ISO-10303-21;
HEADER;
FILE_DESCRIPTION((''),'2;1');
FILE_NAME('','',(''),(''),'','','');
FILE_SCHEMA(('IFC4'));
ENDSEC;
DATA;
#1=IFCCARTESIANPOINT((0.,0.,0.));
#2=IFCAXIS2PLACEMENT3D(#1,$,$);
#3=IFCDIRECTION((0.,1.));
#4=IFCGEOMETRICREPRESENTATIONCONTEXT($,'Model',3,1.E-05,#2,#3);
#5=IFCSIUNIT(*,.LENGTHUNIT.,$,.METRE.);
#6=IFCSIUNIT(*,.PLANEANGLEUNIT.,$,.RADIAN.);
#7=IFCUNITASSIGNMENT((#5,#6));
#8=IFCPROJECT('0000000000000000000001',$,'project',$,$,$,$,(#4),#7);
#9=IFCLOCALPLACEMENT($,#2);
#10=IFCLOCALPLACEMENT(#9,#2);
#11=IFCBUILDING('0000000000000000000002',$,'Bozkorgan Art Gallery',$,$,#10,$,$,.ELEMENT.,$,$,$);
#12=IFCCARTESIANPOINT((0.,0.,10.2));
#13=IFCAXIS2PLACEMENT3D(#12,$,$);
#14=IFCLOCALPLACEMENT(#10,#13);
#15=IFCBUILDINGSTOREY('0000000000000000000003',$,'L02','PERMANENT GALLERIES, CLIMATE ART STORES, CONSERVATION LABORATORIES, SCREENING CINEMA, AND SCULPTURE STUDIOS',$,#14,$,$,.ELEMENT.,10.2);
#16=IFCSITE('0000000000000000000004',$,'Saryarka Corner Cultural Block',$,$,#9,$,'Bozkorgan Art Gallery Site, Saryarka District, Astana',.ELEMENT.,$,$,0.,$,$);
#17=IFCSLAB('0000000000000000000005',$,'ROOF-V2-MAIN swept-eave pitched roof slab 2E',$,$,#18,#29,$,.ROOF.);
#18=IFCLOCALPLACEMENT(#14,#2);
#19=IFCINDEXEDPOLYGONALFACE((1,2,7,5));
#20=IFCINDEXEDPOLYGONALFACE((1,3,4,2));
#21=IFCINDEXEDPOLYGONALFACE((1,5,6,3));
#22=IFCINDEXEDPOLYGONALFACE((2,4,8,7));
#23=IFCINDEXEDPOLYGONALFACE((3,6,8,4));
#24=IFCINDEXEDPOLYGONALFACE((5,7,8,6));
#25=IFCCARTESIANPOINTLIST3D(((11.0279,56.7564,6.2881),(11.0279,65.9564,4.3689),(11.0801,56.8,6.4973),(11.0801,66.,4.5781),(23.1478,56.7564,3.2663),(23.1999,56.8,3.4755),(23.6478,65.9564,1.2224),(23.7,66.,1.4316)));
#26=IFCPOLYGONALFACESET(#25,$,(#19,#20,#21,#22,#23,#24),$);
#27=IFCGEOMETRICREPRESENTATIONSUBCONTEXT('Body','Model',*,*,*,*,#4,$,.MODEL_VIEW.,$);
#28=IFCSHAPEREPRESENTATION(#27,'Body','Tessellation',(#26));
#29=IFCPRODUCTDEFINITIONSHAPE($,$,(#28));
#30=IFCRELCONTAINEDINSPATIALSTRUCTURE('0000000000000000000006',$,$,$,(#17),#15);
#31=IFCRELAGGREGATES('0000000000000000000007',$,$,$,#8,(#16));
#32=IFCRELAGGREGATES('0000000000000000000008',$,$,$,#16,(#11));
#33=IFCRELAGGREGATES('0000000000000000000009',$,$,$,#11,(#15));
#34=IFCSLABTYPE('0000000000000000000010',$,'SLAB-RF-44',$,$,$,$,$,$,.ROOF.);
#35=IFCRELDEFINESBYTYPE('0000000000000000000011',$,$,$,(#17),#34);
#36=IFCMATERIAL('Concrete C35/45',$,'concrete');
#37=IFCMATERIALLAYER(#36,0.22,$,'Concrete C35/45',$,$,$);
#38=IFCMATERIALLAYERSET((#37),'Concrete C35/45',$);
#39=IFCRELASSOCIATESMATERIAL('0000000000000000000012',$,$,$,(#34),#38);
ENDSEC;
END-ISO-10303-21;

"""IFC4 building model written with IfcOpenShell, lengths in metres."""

from ifc_helpers import new_model, si_unit, direction, frame, origin, place, context, subcontext, project, spatial, polyline, outline, extrude, material, layer, layer_set, type_object, element, save


model = new_model("IFC4")

# Units and contexts
model_context = context("Model", 3, precision=1e-05, world=origin(), true_north=direction((0.0, 1.0)))
body_context = subcontext(model_context, "Body", "Model", "MODEL_VIEW")
ifc_project = project(units=[si_unit("LENGTHUNIT", "METRE"), si_unit("PLANEANGLEUNIT", "RADIAN")], contexts=[model_context])

# Site, building, storey
site_placement = place(None, origin())
site = spatial("IfcSite", under=ifc_project, at=site_placement, Name="Saryarka Corner Cultural Block", LongName="Bozkorgan Art Gallery Site, Saryarka District, Astana", CompositionType="ELEMENT", RefElevation=0.0)
building_placement = place(site_placement, origin())
building = spatial("IfcBuilding", under=site, at=building_placement, Name="Bozkorgan Art Gallery", CompositionType="ELEMENT")
storey_placement = place(building_placement, frame((0.0, 0.0, 10.2)))
storey = spatial("IfcBuildingStorey", under=building, at=storey_placement, Name="L02", Description="PERMANENT GALLERIES, CLIMATE ART STORES, CONSERVATION LABORATORIES, SCREENING CINEMA, AND SCULPTURE STUDIOS", CompositionType="ELEMENT", Elevation=10.2)

# Slab
ifc_material_1 = material(Name="Concrete C35/45", Category="concrete")
ifc_layer_1 = layer(ifc_material_1, 0.22, Name="Concrete C35/45")
ifc_layer_set_1 = layer_set([ifc_layer_1], Name="Concrete C35/45")
slab_type = type_object("IfcSlabType", Name="SLAB-RF-44", PredefinedType="ROOF", material=ifc_layer_set_1)
slab_1_placement = place(storey_placement, frame((11.0801, 56.8, 6.4973), z_axis=(0.23711, 0.198394, 0.951009), x_axis=(0.970297, -0.000001, -0.241918)))
element("IfcSlab", 1, at=slab_1_placement, inside=storey, type_object=slab_type, Name="ROOF-V2-MAIN swept-eave pitched roof slab 2E", PredefinedType="ROOF", context=body_context, shape_type="SweptSolid", body=[
    extrude(outline(polyline([(0.0, 0.0), (12.4909, 0.0), (13.4705, 9.3865), (0.4643, 9.3865), (0.0, 0.0)])), origin(), (0.0, 0.0, -1.0), 0.22),
])

save(model, "model.ifc")
